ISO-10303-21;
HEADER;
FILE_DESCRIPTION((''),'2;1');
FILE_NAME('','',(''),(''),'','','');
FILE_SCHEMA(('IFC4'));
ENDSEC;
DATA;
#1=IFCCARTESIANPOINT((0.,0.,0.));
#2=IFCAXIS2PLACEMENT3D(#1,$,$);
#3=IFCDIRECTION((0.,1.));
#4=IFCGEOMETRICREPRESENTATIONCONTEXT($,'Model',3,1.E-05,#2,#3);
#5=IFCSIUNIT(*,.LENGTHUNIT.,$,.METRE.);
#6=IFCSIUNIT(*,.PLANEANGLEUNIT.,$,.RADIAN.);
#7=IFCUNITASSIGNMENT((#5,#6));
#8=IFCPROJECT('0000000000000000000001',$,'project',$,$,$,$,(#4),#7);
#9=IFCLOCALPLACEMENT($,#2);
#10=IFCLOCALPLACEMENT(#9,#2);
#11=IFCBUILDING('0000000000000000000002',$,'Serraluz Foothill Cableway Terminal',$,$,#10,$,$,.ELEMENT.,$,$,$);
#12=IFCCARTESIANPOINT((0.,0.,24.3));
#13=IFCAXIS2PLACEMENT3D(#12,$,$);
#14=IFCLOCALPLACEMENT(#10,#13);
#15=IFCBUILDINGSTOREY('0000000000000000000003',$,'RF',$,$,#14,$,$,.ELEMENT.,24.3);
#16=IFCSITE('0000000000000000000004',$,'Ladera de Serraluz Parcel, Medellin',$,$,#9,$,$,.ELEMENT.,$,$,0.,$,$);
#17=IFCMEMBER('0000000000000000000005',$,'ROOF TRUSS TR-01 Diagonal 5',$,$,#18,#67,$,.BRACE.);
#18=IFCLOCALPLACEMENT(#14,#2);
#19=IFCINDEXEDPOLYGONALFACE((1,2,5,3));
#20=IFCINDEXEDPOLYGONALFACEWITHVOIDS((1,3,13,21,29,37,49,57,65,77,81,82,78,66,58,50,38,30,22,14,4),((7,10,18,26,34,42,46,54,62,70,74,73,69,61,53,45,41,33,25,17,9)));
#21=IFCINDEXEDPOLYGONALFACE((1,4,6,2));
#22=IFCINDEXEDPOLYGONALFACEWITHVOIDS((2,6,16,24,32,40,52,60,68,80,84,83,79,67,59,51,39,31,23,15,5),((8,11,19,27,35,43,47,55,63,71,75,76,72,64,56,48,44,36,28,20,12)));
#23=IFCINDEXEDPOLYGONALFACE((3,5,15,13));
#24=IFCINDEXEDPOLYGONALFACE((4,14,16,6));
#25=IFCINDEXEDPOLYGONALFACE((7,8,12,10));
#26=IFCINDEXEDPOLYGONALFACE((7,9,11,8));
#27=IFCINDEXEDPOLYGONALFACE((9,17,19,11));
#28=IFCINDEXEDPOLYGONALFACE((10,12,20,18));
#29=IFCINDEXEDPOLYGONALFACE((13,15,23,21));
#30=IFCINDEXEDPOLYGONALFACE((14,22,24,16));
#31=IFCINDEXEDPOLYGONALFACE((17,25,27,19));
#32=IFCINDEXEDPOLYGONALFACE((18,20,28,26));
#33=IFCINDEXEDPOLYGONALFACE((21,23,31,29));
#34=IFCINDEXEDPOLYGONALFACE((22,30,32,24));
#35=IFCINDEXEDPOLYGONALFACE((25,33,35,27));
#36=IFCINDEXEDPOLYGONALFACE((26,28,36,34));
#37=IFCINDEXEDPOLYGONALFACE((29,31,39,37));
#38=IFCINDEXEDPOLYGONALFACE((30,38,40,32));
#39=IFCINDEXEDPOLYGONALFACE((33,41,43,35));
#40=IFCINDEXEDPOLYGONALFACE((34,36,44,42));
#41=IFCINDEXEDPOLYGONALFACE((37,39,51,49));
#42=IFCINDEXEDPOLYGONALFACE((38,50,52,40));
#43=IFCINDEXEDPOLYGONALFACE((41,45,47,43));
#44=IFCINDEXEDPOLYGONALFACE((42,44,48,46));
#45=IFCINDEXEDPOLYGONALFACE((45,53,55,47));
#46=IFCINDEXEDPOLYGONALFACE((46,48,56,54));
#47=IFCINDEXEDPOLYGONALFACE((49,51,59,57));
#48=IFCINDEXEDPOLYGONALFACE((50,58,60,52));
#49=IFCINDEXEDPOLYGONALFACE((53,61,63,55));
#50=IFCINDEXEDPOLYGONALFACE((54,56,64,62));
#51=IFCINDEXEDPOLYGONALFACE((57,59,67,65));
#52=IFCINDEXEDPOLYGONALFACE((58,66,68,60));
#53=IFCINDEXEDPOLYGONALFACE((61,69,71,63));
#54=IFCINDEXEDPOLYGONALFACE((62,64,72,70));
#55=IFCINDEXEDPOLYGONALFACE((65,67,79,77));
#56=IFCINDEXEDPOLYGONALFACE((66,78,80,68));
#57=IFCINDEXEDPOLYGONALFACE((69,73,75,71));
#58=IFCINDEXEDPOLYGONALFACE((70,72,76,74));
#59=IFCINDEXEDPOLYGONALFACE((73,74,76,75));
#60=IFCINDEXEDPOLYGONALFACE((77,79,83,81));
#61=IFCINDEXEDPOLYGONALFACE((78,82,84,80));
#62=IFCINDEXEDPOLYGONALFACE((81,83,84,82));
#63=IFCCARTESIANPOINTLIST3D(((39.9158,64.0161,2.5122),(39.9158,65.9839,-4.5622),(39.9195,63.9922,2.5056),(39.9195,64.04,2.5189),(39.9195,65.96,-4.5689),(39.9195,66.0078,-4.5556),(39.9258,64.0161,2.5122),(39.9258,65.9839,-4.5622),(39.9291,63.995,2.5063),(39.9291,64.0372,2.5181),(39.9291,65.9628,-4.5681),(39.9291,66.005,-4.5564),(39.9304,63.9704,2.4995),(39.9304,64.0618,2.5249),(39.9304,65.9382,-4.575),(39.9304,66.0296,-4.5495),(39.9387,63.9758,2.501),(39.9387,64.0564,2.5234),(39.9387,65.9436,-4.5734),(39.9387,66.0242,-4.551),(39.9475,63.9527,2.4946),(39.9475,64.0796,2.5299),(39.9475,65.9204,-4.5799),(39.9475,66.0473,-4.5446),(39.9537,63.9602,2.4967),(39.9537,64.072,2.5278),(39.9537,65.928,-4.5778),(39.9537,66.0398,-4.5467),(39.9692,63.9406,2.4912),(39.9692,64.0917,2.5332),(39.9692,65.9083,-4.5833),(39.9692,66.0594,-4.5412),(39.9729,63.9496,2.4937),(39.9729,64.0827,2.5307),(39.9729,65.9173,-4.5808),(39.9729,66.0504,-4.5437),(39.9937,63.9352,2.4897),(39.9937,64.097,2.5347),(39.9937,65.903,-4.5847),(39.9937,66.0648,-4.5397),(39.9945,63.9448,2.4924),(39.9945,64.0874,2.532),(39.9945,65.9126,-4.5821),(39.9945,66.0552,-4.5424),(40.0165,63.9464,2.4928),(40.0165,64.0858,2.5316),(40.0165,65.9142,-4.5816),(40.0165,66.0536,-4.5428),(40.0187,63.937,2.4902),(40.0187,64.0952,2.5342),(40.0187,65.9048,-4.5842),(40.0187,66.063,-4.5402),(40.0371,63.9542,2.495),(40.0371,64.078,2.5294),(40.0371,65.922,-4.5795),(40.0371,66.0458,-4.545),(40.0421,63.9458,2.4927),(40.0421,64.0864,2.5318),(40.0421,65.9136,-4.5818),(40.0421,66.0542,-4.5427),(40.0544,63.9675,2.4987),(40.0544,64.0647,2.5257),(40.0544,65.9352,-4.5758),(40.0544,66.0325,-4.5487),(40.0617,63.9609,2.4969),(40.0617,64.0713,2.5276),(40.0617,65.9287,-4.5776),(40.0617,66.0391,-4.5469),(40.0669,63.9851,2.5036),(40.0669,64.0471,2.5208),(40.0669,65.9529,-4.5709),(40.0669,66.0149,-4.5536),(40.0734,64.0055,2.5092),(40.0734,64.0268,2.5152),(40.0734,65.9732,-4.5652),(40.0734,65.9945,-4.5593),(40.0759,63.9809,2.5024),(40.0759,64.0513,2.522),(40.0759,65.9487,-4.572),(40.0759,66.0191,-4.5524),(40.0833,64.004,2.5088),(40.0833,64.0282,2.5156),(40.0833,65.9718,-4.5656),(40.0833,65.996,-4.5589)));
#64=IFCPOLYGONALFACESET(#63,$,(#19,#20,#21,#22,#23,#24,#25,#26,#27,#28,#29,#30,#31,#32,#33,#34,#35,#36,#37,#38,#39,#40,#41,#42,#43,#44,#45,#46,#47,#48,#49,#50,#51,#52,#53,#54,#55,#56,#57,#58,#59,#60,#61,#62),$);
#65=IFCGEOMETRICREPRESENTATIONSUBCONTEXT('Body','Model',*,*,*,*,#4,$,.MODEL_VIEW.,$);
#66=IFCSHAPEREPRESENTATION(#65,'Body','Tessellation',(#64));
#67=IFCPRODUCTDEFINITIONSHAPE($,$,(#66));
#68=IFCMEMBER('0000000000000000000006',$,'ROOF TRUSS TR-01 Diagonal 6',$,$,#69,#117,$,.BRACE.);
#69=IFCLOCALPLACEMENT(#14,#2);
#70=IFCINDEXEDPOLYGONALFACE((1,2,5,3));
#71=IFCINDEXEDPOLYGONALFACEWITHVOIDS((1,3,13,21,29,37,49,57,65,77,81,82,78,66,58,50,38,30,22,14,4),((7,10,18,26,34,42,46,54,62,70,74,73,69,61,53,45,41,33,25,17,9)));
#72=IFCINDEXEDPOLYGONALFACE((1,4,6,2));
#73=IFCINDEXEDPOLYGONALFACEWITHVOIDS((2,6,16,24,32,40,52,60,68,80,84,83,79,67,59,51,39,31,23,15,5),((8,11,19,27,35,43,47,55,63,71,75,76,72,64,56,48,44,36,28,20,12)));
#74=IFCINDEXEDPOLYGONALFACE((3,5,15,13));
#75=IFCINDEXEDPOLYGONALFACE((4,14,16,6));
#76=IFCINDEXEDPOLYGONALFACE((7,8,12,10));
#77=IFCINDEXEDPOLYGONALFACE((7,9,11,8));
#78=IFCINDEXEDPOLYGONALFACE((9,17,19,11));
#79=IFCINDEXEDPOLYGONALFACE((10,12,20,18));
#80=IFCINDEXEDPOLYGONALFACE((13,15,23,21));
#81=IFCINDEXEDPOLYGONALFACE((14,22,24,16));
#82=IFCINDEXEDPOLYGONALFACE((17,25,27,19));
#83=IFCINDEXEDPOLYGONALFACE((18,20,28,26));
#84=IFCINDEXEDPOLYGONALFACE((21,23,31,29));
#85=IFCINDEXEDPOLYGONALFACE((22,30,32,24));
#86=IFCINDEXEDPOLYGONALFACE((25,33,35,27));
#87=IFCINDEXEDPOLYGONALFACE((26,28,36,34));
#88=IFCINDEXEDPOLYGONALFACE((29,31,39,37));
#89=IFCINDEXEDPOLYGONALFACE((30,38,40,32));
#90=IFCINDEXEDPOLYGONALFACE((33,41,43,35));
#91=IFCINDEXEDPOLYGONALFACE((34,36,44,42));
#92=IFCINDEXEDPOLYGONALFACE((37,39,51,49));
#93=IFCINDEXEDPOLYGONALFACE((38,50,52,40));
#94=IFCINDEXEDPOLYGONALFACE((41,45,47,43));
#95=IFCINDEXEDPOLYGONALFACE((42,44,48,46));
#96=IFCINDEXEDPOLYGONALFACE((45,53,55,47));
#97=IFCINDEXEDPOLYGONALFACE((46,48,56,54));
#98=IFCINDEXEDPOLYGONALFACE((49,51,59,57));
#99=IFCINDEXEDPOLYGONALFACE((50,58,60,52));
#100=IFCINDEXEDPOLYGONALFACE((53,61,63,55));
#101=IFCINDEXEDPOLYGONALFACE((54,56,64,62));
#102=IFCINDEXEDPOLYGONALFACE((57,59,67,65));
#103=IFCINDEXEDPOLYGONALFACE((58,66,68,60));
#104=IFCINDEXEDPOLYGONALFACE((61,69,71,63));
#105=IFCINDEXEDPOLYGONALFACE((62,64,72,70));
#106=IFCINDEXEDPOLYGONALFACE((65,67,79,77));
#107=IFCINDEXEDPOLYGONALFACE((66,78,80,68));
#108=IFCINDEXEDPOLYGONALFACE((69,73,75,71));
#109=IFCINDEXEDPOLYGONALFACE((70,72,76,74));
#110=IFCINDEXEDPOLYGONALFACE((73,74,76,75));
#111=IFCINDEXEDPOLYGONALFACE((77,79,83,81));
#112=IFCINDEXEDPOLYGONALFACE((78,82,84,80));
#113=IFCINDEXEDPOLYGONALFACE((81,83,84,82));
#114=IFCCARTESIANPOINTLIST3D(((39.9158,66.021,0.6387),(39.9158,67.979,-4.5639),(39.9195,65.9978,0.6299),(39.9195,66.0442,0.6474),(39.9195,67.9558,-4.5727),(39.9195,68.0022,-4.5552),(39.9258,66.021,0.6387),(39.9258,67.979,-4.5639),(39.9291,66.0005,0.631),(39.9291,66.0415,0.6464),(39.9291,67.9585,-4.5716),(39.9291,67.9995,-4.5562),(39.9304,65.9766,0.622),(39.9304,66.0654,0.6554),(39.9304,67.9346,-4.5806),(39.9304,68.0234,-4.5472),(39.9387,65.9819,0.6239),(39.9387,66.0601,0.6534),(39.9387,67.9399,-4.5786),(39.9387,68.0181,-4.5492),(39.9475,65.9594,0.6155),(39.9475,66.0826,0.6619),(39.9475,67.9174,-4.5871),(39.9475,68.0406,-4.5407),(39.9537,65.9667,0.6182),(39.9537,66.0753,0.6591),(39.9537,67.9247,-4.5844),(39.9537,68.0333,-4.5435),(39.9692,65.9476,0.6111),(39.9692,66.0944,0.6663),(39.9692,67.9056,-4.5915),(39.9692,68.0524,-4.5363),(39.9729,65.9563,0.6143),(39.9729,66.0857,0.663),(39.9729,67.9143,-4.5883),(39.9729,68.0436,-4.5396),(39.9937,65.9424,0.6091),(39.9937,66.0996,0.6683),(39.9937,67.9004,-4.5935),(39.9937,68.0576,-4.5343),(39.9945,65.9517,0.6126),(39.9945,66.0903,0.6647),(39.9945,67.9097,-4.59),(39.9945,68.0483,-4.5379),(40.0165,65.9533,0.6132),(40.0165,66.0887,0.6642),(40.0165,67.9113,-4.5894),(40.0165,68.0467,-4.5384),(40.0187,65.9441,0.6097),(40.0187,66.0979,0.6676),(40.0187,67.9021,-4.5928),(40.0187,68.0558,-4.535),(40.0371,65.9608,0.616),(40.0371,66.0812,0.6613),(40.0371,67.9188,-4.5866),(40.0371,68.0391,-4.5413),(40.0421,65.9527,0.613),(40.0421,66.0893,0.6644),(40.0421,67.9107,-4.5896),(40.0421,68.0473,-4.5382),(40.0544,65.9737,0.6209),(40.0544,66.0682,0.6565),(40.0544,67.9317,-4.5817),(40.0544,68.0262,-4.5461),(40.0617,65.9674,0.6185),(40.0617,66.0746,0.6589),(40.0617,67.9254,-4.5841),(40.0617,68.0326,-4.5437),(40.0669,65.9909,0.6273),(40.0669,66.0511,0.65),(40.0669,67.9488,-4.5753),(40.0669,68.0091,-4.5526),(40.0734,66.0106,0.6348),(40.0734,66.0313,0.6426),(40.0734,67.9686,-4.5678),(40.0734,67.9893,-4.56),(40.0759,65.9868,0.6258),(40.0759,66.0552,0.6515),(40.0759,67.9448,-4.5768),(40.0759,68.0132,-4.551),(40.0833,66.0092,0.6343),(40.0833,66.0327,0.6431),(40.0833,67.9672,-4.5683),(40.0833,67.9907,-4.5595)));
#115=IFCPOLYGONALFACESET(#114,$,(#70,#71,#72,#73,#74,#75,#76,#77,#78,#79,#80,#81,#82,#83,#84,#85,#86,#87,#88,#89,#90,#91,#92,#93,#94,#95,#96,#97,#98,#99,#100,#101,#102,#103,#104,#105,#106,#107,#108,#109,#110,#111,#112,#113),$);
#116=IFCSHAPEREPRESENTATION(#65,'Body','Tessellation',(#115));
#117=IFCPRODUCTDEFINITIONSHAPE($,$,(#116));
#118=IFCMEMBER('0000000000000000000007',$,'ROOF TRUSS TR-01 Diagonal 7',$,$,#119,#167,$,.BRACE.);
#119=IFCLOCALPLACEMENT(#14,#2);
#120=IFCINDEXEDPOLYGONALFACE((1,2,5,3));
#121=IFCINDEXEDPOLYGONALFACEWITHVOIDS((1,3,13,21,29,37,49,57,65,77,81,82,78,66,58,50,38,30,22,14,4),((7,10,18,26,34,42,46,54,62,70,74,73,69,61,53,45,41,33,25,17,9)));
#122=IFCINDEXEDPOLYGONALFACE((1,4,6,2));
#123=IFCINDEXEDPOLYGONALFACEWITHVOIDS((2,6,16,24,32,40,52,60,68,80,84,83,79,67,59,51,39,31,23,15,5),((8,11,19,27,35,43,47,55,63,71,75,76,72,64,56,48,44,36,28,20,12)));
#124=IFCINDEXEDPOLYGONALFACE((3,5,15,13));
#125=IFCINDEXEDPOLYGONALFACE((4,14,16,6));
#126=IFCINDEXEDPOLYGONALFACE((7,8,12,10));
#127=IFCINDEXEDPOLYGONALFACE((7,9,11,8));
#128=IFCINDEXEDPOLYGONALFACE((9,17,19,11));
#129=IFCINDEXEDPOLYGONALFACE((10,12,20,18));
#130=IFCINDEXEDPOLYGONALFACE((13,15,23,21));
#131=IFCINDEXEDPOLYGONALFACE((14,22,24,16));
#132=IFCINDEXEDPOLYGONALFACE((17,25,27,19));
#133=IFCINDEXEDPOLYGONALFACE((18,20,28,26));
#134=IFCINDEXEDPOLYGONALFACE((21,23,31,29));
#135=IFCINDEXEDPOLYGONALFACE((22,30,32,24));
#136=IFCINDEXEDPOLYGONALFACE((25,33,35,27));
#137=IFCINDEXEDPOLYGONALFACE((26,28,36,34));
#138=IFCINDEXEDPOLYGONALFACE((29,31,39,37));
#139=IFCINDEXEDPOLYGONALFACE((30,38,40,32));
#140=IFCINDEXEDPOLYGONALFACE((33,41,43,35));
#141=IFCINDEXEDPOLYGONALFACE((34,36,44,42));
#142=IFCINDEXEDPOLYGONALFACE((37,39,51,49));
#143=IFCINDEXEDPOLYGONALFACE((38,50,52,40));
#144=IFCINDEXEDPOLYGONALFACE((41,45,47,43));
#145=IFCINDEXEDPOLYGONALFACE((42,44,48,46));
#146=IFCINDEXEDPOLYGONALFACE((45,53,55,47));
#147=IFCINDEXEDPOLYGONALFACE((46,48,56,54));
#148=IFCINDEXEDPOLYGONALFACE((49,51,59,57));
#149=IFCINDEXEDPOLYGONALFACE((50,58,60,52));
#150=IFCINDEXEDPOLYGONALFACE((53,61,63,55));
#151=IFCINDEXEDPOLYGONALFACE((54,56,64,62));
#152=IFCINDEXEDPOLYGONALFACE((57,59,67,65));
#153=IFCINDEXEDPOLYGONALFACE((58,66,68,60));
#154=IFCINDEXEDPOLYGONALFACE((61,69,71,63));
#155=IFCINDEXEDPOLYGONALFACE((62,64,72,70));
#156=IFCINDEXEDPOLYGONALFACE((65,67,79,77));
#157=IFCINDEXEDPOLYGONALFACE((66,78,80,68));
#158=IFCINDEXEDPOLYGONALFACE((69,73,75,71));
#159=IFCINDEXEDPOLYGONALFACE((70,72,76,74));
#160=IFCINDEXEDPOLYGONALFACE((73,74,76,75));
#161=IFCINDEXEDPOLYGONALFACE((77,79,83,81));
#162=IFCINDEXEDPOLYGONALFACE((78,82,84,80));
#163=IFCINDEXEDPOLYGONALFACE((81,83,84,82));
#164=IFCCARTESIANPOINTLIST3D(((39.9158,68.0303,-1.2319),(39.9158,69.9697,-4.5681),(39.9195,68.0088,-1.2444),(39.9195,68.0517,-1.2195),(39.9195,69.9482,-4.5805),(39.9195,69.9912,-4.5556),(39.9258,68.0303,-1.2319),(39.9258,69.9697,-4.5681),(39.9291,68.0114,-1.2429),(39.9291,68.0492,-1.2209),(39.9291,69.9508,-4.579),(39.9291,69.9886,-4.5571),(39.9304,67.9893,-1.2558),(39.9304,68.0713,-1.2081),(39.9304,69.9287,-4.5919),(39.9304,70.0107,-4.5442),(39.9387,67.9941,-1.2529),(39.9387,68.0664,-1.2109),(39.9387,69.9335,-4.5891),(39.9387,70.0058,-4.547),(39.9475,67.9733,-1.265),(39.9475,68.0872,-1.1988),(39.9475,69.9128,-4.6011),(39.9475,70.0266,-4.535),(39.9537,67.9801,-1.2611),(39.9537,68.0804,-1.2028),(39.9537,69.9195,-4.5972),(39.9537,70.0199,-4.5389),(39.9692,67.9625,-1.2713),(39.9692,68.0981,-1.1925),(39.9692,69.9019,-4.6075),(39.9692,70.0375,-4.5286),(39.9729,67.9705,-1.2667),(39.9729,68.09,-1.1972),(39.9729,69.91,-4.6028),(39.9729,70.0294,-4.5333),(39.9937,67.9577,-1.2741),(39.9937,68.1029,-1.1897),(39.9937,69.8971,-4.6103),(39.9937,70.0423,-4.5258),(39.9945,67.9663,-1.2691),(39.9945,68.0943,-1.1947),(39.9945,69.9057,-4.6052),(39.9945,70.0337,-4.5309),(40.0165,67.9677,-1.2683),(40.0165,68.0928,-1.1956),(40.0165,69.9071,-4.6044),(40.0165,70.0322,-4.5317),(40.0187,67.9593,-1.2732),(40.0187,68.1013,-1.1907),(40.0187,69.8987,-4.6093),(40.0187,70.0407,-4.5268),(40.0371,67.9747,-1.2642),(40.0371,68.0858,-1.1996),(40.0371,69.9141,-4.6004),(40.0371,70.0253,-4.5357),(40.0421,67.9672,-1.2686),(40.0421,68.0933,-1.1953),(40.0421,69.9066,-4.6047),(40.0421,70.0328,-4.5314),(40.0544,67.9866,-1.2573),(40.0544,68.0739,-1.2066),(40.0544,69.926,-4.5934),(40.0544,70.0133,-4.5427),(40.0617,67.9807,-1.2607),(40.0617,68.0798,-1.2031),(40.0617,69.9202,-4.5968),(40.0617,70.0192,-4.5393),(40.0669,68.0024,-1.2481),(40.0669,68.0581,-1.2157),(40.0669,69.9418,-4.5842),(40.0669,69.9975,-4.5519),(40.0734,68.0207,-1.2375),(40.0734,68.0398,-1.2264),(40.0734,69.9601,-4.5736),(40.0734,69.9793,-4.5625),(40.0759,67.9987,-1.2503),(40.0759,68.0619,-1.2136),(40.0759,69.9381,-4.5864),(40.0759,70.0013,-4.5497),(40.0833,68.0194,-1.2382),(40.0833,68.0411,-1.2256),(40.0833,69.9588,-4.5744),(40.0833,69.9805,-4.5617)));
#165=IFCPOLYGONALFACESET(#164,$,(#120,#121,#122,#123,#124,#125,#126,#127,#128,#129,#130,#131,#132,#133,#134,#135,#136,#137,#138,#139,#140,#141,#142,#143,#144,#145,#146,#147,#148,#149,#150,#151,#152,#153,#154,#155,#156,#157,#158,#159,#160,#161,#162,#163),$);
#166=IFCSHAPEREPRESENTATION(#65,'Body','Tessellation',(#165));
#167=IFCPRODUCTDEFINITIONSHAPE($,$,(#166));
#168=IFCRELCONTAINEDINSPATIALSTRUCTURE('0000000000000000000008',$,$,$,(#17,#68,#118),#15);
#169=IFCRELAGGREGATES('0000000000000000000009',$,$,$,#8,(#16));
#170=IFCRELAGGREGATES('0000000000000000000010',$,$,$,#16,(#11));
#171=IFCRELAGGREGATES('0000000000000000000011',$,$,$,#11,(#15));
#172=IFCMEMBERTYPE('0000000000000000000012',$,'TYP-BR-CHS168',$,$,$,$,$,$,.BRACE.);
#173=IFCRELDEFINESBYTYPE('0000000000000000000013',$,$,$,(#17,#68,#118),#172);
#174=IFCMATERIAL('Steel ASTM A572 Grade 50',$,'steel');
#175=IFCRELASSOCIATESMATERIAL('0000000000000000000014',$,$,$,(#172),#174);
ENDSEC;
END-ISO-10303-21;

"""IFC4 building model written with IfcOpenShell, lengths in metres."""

from ifc_helpers import new_model, si_unit, direction, frame, origin, origin_2d, place, context, subcontext, project, spatial, hollow_circle, extrude, material, material_profile, profile_set, type_object, element, save


model = new_model("IFC4")

# Units and contexts
model_context = context("Model", 3, precision=1e-05, world=origin(), true_north=direction((0.0, 1.0)))
body_context = subcontext(model_context, "Body", "Model", "MODEL_VIEW")
ifc_project = project(units=[si_unit("LENGTHUNIT", "METRE"), si_unit("PLANEANGLEUNIT", "RADIAN")], contexts=[model_context])

# Site, building, storey
site_placement = place(None, origin())
site = spatial("IfcSite", under=ifc_project, at=site_placement, Name="Ladera de Serraluz Parcel, Medellin", CompositionType="ELEMENT", RefElevation=0.0)
building_placement = place(site_placement, origin())
building = spatial("IfcBuilding", under=site, at=building_placement, Name="Serraluz Foothill Cableway Terminal", CompositionType="ELEMENT")
storey_placement = place(building_placement, frame((0.0, 0.0, 24.3)))
storey = spatial("IfcBuildingStorey", under=building, at=storey_placement, Name="RF", CompositionType="ELEMENT", Elevation=24.3)

# Members
ifc_material_1 = material(Name="Steel ASTM A572 Grade 50", Category="steel")
ifc_material_profile_1 = material_profile(ifc_material_1, hollow_circle(Radius=0.0842, WallThickness=0.01, at=origin_2d()), Name="CHS168X10")
ifc_profile_set_1 = profile_set([ifc_material_profile_1], Name="Steel ASTM A572 Grade 50")
member_type_1 = type_object("IfcMemberType", Name="TYP-BR-CHS168", PredefinedType="BRACE", material=ifc_profile_set_1)
for number, where, z_axis, x_axis, name in (
    (1, (40.0, 64.0161, 2.5122), (0.0, 0.267978, -0.963425), (-1.0, 0.0, 0.0), "ROOF TRUSS TR-01 Diagonal 5"),
):
    element("IfcMember", number, at=place(storey_placement, frame(where, z_axis=z_axis, x_axis=x_axis)), inside=storey, type_object=member_type_1, Name=name, PredefinedType="BRACE", context=body_context, shape_type="SweptSolid", body=[
        extrude(hollow_circle(Radius=0.0842, WallThickness=0.01, at=origin_2d()), origin(), (0.0, 0.0, 1.0), 7.343),
    ])
member_1_placement = place(storey_placement, frame((40.0, 66.021, 0.6387), z_axis=(0.0, 0.35223, -0.935913), x_axis=(-1.0, 0.0, 0.0)))
element("IfcMember", 2, at=member_1_placement, inside=storey, type_object=member_type_1, Name="ROOF TRUSS TR-01 Diagonal 6", PredefinedType="BRACE", context=body_context, shape_type="SweptSolid", body=[
    extrude(hollow_circle(Radius=0.0842, WallThickness=0.01, at=origin_2d()), origin(), (0.0, 0.0, 1.0), 5.5588),
])
member_2_placement = place(storey_placement, frame((40.0, 68.0303, -1.2319), z_axis=(0.0, 0.502584, -0.864528), x_axis=(-1.0, 0.0, 0.0)))
element("IfcMember", 3, at=member_2_placement, inside=storey, type_object=member_type_1, Name="ROOF TRUSS TR-01 Diagonal 7", PredefinedType="BRACE", context=body_context, shape_type="SweptSolid", body=[
    extrude(hollow_circle(Radius=0.0842, WallThickness=0.01, at=origin_2d()), origin(), (0.0, 0.0, 1.0), 3.8589),
])

save(model, "model.ifc")
